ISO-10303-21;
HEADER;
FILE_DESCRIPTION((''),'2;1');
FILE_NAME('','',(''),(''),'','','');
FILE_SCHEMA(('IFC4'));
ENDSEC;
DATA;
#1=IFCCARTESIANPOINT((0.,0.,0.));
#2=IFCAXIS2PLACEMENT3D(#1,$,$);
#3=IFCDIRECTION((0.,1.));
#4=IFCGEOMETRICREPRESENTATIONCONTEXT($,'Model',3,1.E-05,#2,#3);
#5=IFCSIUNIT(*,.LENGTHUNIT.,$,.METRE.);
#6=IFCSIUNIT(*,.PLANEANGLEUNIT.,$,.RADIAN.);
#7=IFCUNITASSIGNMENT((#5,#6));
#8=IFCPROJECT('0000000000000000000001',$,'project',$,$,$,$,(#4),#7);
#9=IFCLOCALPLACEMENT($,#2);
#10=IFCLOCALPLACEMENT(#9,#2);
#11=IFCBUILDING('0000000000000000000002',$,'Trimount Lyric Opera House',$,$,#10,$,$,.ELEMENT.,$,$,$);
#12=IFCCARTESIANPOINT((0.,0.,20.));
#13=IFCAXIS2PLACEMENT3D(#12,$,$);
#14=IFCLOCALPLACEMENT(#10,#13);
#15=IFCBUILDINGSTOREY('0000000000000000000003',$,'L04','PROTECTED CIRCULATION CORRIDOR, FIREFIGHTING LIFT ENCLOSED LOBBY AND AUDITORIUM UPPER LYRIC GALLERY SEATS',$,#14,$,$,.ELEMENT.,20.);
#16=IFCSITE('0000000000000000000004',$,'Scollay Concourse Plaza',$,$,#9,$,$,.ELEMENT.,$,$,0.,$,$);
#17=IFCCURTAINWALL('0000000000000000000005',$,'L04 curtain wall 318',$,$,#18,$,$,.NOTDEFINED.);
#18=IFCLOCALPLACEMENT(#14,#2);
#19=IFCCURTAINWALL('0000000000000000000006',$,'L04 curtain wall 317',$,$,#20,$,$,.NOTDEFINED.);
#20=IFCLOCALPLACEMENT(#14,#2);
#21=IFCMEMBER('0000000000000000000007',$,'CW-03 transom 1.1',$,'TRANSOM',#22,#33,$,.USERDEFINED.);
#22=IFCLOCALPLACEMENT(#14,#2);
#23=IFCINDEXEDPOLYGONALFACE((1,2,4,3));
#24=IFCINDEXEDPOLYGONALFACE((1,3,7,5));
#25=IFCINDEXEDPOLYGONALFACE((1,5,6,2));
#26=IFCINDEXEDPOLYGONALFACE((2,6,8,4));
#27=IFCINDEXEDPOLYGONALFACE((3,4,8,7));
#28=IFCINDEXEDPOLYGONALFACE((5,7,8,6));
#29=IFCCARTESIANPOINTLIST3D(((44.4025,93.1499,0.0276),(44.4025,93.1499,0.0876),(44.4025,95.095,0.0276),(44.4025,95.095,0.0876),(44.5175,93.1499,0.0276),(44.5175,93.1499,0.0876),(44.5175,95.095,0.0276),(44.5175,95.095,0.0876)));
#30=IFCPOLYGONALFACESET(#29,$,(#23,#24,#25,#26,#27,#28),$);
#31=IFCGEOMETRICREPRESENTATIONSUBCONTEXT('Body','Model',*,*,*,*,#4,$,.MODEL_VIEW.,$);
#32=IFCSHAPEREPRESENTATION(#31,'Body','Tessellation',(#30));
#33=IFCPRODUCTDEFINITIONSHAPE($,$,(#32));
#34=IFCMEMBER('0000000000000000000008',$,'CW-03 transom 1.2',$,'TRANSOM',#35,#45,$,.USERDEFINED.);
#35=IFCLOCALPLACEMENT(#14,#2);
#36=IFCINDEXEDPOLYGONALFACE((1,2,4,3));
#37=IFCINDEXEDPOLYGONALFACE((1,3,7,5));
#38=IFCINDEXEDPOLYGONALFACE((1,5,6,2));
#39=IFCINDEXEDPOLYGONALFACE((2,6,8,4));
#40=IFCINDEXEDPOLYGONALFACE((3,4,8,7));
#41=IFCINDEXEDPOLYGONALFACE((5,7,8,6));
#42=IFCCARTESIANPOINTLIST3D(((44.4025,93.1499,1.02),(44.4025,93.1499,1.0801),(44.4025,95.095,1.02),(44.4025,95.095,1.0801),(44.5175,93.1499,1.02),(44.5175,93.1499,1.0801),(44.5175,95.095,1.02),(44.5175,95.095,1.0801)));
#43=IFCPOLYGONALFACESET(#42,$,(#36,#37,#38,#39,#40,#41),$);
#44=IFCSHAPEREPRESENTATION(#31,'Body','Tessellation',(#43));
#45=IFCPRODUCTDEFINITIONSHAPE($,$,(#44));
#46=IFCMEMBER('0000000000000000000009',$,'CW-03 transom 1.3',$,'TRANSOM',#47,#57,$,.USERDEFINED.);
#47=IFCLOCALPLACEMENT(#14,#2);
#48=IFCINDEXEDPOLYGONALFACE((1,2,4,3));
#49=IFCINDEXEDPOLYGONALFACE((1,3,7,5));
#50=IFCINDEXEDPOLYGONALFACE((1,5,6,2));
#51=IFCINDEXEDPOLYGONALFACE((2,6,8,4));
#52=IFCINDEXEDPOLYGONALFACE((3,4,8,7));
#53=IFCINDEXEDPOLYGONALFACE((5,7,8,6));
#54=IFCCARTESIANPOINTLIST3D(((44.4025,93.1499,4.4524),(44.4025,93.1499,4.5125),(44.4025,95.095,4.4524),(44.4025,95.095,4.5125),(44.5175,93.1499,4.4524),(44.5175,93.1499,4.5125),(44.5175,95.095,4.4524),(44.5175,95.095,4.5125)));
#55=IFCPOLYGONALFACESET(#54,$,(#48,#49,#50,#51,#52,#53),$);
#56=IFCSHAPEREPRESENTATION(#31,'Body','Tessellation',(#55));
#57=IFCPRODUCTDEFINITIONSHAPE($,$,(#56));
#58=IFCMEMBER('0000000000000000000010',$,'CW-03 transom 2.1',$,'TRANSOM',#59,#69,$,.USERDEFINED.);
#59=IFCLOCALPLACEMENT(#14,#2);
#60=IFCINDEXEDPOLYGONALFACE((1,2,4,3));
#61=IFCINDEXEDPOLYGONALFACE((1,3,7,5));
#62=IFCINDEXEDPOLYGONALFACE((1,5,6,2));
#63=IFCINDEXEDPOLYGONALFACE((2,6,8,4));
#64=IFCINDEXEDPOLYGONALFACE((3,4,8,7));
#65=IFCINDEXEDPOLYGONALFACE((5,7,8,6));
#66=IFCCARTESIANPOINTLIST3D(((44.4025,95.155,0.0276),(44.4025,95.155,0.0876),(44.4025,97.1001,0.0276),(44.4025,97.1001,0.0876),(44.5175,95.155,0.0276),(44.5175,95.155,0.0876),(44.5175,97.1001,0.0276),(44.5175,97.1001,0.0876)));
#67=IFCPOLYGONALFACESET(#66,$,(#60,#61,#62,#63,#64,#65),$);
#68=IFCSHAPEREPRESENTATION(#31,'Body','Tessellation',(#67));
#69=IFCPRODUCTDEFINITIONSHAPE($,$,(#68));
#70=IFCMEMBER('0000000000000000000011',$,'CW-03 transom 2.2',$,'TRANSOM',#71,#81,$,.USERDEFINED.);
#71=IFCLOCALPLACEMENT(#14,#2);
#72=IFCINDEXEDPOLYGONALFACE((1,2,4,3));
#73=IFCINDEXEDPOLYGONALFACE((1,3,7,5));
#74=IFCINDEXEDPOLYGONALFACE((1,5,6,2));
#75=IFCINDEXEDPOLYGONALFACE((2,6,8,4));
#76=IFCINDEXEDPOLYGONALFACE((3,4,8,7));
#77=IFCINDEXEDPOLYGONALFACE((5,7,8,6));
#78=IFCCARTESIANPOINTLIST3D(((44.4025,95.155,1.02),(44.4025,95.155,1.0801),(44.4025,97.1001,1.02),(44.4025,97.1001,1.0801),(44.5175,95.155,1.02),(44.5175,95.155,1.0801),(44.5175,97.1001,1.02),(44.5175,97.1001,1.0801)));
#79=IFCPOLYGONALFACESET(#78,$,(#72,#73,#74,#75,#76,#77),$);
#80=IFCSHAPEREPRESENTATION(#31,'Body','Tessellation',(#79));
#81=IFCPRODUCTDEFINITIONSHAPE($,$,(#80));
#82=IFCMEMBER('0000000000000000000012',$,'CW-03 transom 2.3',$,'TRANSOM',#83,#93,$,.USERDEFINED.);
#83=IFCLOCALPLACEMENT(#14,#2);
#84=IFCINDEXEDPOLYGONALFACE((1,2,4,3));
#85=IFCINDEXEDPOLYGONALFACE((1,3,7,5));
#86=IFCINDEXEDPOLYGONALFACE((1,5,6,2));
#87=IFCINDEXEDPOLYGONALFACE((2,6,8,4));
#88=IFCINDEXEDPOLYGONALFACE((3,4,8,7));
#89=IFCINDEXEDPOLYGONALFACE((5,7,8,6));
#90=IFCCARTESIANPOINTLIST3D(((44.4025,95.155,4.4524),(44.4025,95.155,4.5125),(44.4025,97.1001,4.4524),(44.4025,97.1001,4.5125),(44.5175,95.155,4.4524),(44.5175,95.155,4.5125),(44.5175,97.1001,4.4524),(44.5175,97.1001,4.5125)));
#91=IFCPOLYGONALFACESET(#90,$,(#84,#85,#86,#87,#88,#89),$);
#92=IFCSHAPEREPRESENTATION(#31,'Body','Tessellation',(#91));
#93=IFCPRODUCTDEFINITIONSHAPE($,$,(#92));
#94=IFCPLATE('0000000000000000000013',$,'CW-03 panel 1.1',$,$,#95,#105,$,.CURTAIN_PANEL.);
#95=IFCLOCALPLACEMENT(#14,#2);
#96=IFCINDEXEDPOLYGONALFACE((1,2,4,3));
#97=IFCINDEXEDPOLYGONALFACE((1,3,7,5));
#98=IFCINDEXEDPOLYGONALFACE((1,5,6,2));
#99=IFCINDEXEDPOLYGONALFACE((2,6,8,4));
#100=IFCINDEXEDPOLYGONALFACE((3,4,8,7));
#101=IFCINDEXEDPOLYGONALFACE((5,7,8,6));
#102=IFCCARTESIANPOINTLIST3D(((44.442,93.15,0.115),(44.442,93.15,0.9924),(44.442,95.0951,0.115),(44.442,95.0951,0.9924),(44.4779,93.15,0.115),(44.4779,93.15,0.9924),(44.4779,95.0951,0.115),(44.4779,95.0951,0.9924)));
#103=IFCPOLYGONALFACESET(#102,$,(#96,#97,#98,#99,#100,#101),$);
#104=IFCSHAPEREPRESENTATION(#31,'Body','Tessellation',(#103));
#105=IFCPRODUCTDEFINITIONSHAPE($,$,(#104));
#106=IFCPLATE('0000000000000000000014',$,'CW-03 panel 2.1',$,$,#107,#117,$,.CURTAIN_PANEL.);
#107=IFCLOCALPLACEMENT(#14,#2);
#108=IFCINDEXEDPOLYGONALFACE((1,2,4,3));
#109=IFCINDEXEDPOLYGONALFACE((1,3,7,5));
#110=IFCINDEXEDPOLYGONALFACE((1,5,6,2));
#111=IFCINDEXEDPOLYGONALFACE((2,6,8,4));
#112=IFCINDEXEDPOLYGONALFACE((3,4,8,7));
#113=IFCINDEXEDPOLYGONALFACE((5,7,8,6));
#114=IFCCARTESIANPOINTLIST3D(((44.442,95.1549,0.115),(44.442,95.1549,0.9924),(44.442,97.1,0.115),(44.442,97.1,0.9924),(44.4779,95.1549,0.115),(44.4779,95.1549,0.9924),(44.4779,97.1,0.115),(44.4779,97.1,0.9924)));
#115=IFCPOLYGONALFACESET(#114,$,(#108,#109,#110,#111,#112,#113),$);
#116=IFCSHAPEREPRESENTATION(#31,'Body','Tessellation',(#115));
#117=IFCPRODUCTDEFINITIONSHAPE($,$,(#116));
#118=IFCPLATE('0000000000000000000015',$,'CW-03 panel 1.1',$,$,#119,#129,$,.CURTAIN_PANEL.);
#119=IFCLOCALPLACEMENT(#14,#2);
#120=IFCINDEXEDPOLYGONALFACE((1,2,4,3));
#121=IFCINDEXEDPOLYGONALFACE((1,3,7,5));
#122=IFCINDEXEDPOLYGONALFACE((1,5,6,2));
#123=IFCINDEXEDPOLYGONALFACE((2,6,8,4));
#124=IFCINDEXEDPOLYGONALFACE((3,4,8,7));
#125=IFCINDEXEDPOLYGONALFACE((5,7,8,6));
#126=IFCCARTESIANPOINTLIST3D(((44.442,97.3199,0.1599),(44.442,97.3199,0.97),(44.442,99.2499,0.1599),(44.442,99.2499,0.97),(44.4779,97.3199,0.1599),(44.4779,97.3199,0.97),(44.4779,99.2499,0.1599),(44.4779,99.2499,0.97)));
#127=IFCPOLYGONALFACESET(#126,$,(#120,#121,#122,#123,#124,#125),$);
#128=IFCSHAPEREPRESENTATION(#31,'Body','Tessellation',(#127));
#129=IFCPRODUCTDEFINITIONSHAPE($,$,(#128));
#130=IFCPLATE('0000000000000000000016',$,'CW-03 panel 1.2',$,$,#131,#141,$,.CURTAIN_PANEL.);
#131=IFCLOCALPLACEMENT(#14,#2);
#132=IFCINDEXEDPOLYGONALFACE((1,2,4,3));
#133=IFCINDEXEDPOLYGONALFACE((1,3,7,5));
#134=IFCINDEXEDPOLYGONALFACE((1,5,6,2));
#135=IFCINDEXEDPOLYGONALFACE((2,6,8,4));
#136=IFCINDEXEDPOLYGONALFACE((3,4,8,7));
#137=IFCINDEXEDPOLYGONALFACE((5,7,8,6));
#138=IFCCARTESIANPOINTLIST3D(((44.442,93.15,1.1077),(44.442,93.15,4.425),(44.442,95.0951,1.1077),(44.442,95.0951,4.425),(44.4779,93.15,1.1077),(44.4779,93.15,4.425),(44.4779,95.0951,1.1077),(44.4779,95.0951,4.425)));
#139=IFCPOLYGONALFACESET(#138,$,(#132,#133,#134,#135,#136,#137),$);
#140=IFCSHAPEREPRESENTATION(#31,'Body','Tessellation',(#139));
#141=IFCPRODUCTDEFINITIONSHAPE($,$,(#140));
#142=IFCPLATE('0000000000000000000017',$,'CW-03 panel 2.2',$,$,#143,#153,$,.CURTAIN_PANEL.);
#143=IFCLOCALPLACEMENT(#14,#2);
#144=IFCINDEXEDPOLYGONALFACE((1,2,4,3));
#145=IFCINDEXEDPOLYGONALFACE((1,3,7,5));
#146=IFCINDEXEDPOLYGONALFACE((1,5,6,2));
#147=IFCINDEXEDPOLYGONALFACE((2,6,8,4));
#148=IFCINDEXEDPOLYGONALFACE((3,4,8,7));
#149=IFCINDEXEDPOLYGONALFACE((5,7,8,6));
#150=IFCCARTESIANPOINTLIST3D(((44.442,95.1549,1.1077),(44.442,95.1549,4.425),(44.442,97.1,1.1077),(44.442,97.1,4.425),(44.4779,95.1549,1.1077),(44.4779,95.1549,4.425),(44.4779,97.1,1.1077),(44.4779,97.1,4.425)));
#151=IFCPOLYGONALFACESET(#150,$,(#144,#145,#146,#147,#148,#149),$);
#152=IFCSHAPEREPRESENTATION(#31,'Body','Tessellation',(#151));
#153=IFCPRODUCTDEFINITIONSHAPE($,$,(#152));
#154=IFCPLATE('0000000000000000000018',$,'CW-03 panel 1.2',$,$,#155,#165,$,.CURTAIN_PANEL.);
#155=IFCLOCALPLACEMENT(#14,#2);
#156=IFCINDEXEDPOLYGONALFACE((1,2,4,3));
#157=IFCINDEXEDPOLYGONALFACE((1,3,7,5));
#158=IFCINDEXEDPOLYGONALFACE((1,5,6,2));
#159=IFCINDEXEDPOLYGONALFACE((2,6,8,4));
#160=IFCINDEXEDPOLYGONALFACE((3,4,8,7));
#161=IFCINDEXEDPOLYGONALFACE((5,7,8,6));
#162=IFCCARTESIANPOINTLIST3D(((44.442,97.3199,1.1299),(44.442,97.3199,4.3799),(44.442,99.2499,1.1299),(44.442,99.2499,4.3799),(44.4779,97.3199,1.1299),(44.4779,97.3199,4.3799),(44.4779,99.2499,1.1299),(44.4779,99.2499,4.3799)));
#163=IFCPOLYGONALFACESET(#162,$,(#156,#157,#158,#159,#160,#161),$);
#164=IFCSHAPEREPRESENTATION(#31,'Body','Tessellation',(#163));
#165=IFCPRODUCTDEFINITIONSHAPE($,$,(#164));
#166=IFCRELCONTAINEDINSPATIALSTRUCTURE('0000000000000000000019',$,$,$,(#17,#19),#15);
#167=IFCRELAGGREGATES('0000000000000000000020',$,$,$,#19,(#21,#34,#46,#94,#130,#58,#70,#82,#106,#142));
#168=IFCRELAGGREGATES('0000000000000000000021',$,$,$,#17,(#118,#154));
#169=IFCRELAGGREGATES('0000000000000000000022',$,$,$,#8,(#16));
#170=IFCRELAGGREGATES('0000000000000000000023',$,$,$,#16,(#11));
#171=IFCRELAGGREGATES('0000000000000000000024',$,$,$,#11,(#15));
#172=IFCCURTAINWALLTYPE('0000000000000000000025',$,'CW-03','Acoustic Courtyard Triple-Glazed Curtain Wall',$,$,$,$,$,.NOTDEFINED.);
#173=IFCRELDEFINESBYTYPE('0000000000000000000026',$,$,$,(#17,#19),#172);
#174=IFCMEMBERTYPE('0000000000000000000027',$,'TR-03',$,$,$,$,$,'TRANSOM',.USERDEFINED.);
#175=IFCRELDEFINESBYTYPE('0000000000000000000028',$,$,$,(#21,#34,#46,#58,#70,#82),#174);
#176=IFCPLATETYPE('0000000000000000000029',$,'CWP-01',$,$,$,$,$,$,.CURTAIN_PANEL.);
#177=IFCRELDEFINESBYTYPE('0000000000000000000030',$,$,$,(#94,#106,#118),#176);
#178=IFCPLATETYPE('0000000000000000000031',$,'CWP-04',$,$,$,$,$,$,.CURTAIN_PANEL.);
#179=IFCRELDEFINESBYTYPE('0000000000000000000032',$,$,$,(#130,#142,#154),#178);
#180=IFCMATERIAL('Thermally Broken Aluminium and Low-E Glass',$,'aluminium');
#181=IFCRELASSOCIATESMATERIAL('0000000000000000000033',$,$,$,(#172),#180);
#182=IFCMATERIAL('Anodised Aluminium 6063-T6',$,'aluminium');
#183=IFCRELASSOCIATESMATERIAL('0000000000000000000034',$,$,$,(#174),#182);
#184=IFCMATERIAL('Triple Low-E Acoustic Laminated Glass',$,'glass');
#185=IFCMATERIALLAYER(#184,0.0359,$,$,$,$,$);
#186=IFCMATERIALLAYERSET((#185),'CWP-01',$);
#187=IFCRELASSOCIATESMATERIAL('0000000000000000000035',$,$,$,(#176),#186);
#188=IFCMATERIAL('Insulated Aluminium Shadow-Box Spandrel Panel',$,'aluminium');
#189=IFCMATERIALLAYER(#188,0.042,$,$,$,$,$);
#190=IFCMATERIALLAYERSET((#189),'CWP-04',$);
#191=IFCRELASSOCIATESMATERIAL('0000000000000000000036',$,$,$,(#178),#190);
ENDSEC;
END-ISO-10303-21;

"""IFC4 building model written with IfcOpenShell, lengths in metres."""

from ifc_helpers import new_model, si_unit, direction, frame, origin, origin_2d, place, context, subcontext, project, spatial, rectangle, extrude, material, layer, layer_set, material_profile, profile_set, type_object, element, aggregate, save


model = new_model("IFC4")

# Units and contexts
model_context = context("Model", 3, precision=1e-05, world=origin(), true_north=direction((0.0, 1.0)))
body_context = subcontext(model_context, "Body", "Model", "MODEL_VIEW")
ifc_project = project(units=[si_unit("LENGTHUNIT", "METRE"), si_unit("PLANEANGLEUNIT", "RADIAN")], contexts=[model_context])

# Site, building, storey
site_placement = place(None, origin())
site = spatial("IfcSite", under=ifc_project, at=site_placement, Name="Scollay Concourse Plaza", CompositionType="ELEMENT", RefElevation=0.0)
building_placement = place(site_placement, origin())
building = spatial("IfcBuilding", under=site, at=building_placement, Name="Trimount Lyric Opera House", CompositionType="ELEMENT")
storey_placement = place(building_placement, frame((0.0, 0.0, 20.0)))
storey = spatial("IfcBuildingStorey", under=building, at=storey_placement, Name="L04", Description="PROTECTED CIRCULATION CORRIDOR, FIREFIGHTING LIFT ENCLOSED LOBBY AND AUDITORIUM UPPER LYRIC GALLERY SEATS", CompositionType="ELEMENT", Elevation=20.0)

# Curtain walls
ifc_material_1 = material(Name="Thermally Broken Aluminium and Low-E Glass", Category="aluminium")
curtain_wall_type = type_object("IfcCurtainWallType", Name="CW-03", Description="Acoustic Courtyard Triple-Glazed Curtain Wall", PredefinedType="NOTDEFINED", material=ifc_material_1)
curtain_wall_1_placement = place(storey_placement, origin())
curtain_wall_1 = element("IfcCurtainWall", 1, at=curtain_wall_1_placement, inside=storey, type_object=curtain_wall_type, Name="L04 curtain wall 318", PredefinedType="NOTDEFINED")
curtain_wall_2_placement = place(storey_placement, origin())
curtain_wall_2 = element("IfcCurtainWall", 2, at=curtain_wall_2_placement, inside=storey, type_object=curtain_wall_type, Name="L04 curtain wall 317", PredefinedType="NOTDEFINED")

# Members
ifc_material_2 = material(Name="Anodised Aluminium 6063-T6", Category="aluminium")
ifc_material_profile_1 = material_profile(ifc_material_2, rectangle(XDim=0.115, YDim=0.0601, at=origin_2d()), Name="ALU-TRAN-60X115")
ifc_profile_set_1 = profile_set([ifc_material_profile_1], Name="Anodised Aluminium 6063-T6")
member_type_1 = type_object("IfcMemberType", Name="TR-03", ElementType="TRANSOM", PredefinedType="USERDEFINED", material=ifc_profile_set_1)
member_1_placement = place(storey_placement, frame((44.46, 93.1499, 0.0576), z_axis=(0.0, 1.0, 0.0), x_axis=(-1.0, 0.0, 0.0)))
member_1 = element("IfcMember", 3, at=member_1_placement, type_object=member_type_1, Name="CW-03 transom 1.1", ObjectType="TRANSOM", PredefinedType="USERDEFINED", context=body_context, shape_type="SweptSolid", body=[
    extrude(rectangle(XDim=0.115, YDim=0.0601, at=origin_2d()), origin(), (0.0, 0.0, 1.0), 1.9451),
])
member_2_placement = place(storey_placement, frame((44.46, 93.1499, 1.05), z_axis=(0.0, 1.0, 0.0), x_axis=(-1.0, 0.0, 0.0)))
member_2 = element("IfcMember", 4, at=member_2_placement, type_object=member_type_1, Name="CW-03 transom 1.2", ObjectType="TRANSOM", PredefinedType="USERDEFINED", context=body_context, shape_type="SweptSolid", body=[
    extrude(rectangle(XDim=0.115, YDim=0.0601, at=origin_2d()), origin(), (0.0, 0.0, 1.0), 1.9451),
])
member_3_placement = place(storey_placement, frame((44.46, 93.1499, 4.4824), z_axis=(0.0, 1.0, 0.0), x_axis=(-1.0, 0.0, 0.0)))
member_3 = element("IfcMember", 5, at=member_3_placement, type_object=member_type_1, Name="CW-03 transom 1.3", ObjectType="TRANSOM", PredefinedType="USERDEFINED", context=body_context, shape_type="SweptSolid", body=[
    extrude(rectangle(XDim=0.115, YDim=0.0601, at=origin_2d()), origin(), (0.0, 0.0, 1.0), 1.9451),
])
member_4_placement = place(storey_placement, frame((44.46, 95.155, 0.0576), z_axis=(0.0, 1.0, 0.0), x_axis=(-1.0, 0.0, 0.0)))
member_4 = element("IfcMember", 6, at=member_4_placement, type_object=member_type_1, Name="CW-03 transom 2.1", ObjectType="TRANSOM", PredefinedType="USERDEFINED", context=body_context, shape_type="SweptSolid", body=[
    extrude(rectangle(XDim=0.115, YDim=0.0601, at=origin_2d()), origin(), (0.0, 0.0, 1.0), 1.9451),
])
member_5_placement = place(storey_placement, frame((44.46, 95.155, 1.05), z_axis=(0.0, 1.0, 0.0), x_axis=(-1.0, 0.0, 0.0)))
member_5 = element("IfcMember", 7, at=member_5_placement, type_object=member_type_1, Name="CW-03 transom 2.2", ObjectType="TRANSOM", PredefinedType="USERDEFINED", context=body_context, shape_type="SweptSolid", body=[
    extrude(rectangle(XDim=0.115, YDim=0.0601, at=origin_2d()), origin(), (0.0, 0.0, 1.0), 1.9451),
])
member_6_placement = place(storey_placement, frame((44.46, 95.155, 4.4824), z_axis=(0.0, 1.0, 0.0), x_axis=(-1.0, 0.0, 0.0)))
member_6 = element("IfcMember", 8, at=member_6_placement, type_object=member_type_1, Name="CW-03 transom 2.3", ObjectType="TRANSOM", PredefinedType="USERDEFINED", context=body_context, shape_type="SweptSolid", body=[
    extrude(rectangle(XDim=0.115, YDim=0.0601, at=origin_2d()), origin(), (0.0, 0.0, 1.0), 1.9451),
])

# Plates
ifc_material_3 = material(Name="Triple Low-E Acoustic Laminated Glass", Category="glass")
ifc_layer_1 = layer(ifc_material_3, 0.0359)
ifc_layer_set_1 = layer_set([ifc_layer_1], Name="CWP-01")
plate_type_1 = type_object("IfcPlateType", Name="CWP-01", PredefinedType="CURTAIN_PANEL", material=ifc_layer_set_1)
plate_1_placement = place(storey_placement, frame((44.46, 94.1226, 0.115), z_axis=(0.0, 0.0, 1.0), x_axis=(0.0, 1.0, 0.0)))
plate_1 = element("IfcPlate", 9, at=plate_1_placement, type_object=plate_type_1, Name="CW-03 panel 1.1", PredefinedType="CURTAIN_PANEL", context=body_context, shape_type="SweptSolid", body=[
    extrude(rectangle(XDim=1.9451, YDim=0.0359, at=origin_2d()), origin(), (0.0, 0.0, 1.0), 0.8774),
])
plate_2_placement = place(storey_placement, frame((44.46, 96.1274, 0.115), z_axis=(0.0, 0.0, 1.0), x_axis=(0.0, 1.0, 0.0)))
plate_2 = element("IfcPlate", 10, at=plate_2_placement, type_object=plate_type_1, Name="CW-03 panel 2.1", PredefinedType="CURTAIN_PANEL", context=body_context, shape_type="SweptSolid", body=[
    extrude(rectangle(XDim=1.9451, YDim=0.0359, at=origin_2d()), origin(), (0.0, 0.0, 1.0), 0.8774),
])
plate_3_placement = place(storey_placement, frame((44.46, 98.2849, 0.1599), z_axis=(0.0, 0.0, 1.0), x_axis=(0.0, 1.0, 0.0)))
plate_3 = element("IfcPlate", 11, at=plate_3_placement, type_object=plate_type_1, Name="CW-03 panel 1.1", PredefinedType="CURTAIN_PANEL", context=body_context, shape_type="SweptSolid", body=[
    extrude(rectangle(XDim=1.9299, YDim=0.0359, at=origin_2d()), origin(), (0.0, 0.0, 1.0), 0.8101),
])
ifc_material_4 = material(Name="Insulated Aluminium Shadow-Box Spandrel Panel", Category="aluminium")
ifc_layer_2 = layer(ifc_material_4, 0.042)
ifc_layer_set_2 = layer_set([ifc_layer_2], Name="CWP-04")
plate_type_2 = type_object("IfcPlateType", Name="CWP-04", PredefinedType="CURTAIN_PANEL", material=ifc_layer_set_2)
plate_4_placement = place(storey_placement, frame((44.46, 94.1226, 1.1077), z_axis=(0.0, 0.0, 1.0), x_axis=(0.0, 1.0, 0.0)))
plate_4 = element("IfcPlate", 12, at=plate_4_placement, type_object=plate_type_2, Name="CW-03 panel 1.2", PredefinedType="CURTAIN_PANEL", context=body_context, shape_type="SweptSolid", body=[
    extrude(rectangle(XDim=1.9451, YDim=0.0359, at=origin_2d()), origin(), (0.0, 0.0, 1.0), 3.3174),
])
plate_5_placement = place(storey_placement, frame((44.46, 96.1274, 1.1077), z_axis=(0.0, 0.0, 1.0), x_axis=(0.0, 1.0, 0.0)))
plate_5 = element("IfcPlate", 13, at=plate_5_placement, type_object=plate_type_2, Name="CW-03 panel 2.2", PredefinedType="CURTAIN_PANEL", context=body_context, shape_type="SweptSolid", body=[
    extrude(rectangle(XDim=1.9451, YDim=0.0359, at=origin_2d()), origin(), (0.0, 0.0, 1.0), 3.3174),
])
aggregate(curtain_wall_2, [member_1, member_2, member_3, plate_1, plate_4, member_4, member_5, member_6, plate_2, plate_5])
plate_6_placement = place(storey_placement, frame((44.46, 98.2849, 1.1299), z_axis=(0.0, 0.0, 1.0), x_axis=(0.0, 1.0, 0.0)))
plate_6 = element("IfcPlate", 14, at=plate_6_placement, type_object=plate_type_2, Name="CW-03 panel 1.2", PredefinedType="CURTAIN_PANEL", context=body_context, shape_type="SweptSolid", body=[
    extrude(rectangle(XDim=1.9299, YDim=0.0359, at=origin_2d()), origin(), (0.0, 0.0, 1.0), 3.25),
])
aggregate(curtain_wall_1, [plate_3, plate_6])

save(model, "model.ifc")
